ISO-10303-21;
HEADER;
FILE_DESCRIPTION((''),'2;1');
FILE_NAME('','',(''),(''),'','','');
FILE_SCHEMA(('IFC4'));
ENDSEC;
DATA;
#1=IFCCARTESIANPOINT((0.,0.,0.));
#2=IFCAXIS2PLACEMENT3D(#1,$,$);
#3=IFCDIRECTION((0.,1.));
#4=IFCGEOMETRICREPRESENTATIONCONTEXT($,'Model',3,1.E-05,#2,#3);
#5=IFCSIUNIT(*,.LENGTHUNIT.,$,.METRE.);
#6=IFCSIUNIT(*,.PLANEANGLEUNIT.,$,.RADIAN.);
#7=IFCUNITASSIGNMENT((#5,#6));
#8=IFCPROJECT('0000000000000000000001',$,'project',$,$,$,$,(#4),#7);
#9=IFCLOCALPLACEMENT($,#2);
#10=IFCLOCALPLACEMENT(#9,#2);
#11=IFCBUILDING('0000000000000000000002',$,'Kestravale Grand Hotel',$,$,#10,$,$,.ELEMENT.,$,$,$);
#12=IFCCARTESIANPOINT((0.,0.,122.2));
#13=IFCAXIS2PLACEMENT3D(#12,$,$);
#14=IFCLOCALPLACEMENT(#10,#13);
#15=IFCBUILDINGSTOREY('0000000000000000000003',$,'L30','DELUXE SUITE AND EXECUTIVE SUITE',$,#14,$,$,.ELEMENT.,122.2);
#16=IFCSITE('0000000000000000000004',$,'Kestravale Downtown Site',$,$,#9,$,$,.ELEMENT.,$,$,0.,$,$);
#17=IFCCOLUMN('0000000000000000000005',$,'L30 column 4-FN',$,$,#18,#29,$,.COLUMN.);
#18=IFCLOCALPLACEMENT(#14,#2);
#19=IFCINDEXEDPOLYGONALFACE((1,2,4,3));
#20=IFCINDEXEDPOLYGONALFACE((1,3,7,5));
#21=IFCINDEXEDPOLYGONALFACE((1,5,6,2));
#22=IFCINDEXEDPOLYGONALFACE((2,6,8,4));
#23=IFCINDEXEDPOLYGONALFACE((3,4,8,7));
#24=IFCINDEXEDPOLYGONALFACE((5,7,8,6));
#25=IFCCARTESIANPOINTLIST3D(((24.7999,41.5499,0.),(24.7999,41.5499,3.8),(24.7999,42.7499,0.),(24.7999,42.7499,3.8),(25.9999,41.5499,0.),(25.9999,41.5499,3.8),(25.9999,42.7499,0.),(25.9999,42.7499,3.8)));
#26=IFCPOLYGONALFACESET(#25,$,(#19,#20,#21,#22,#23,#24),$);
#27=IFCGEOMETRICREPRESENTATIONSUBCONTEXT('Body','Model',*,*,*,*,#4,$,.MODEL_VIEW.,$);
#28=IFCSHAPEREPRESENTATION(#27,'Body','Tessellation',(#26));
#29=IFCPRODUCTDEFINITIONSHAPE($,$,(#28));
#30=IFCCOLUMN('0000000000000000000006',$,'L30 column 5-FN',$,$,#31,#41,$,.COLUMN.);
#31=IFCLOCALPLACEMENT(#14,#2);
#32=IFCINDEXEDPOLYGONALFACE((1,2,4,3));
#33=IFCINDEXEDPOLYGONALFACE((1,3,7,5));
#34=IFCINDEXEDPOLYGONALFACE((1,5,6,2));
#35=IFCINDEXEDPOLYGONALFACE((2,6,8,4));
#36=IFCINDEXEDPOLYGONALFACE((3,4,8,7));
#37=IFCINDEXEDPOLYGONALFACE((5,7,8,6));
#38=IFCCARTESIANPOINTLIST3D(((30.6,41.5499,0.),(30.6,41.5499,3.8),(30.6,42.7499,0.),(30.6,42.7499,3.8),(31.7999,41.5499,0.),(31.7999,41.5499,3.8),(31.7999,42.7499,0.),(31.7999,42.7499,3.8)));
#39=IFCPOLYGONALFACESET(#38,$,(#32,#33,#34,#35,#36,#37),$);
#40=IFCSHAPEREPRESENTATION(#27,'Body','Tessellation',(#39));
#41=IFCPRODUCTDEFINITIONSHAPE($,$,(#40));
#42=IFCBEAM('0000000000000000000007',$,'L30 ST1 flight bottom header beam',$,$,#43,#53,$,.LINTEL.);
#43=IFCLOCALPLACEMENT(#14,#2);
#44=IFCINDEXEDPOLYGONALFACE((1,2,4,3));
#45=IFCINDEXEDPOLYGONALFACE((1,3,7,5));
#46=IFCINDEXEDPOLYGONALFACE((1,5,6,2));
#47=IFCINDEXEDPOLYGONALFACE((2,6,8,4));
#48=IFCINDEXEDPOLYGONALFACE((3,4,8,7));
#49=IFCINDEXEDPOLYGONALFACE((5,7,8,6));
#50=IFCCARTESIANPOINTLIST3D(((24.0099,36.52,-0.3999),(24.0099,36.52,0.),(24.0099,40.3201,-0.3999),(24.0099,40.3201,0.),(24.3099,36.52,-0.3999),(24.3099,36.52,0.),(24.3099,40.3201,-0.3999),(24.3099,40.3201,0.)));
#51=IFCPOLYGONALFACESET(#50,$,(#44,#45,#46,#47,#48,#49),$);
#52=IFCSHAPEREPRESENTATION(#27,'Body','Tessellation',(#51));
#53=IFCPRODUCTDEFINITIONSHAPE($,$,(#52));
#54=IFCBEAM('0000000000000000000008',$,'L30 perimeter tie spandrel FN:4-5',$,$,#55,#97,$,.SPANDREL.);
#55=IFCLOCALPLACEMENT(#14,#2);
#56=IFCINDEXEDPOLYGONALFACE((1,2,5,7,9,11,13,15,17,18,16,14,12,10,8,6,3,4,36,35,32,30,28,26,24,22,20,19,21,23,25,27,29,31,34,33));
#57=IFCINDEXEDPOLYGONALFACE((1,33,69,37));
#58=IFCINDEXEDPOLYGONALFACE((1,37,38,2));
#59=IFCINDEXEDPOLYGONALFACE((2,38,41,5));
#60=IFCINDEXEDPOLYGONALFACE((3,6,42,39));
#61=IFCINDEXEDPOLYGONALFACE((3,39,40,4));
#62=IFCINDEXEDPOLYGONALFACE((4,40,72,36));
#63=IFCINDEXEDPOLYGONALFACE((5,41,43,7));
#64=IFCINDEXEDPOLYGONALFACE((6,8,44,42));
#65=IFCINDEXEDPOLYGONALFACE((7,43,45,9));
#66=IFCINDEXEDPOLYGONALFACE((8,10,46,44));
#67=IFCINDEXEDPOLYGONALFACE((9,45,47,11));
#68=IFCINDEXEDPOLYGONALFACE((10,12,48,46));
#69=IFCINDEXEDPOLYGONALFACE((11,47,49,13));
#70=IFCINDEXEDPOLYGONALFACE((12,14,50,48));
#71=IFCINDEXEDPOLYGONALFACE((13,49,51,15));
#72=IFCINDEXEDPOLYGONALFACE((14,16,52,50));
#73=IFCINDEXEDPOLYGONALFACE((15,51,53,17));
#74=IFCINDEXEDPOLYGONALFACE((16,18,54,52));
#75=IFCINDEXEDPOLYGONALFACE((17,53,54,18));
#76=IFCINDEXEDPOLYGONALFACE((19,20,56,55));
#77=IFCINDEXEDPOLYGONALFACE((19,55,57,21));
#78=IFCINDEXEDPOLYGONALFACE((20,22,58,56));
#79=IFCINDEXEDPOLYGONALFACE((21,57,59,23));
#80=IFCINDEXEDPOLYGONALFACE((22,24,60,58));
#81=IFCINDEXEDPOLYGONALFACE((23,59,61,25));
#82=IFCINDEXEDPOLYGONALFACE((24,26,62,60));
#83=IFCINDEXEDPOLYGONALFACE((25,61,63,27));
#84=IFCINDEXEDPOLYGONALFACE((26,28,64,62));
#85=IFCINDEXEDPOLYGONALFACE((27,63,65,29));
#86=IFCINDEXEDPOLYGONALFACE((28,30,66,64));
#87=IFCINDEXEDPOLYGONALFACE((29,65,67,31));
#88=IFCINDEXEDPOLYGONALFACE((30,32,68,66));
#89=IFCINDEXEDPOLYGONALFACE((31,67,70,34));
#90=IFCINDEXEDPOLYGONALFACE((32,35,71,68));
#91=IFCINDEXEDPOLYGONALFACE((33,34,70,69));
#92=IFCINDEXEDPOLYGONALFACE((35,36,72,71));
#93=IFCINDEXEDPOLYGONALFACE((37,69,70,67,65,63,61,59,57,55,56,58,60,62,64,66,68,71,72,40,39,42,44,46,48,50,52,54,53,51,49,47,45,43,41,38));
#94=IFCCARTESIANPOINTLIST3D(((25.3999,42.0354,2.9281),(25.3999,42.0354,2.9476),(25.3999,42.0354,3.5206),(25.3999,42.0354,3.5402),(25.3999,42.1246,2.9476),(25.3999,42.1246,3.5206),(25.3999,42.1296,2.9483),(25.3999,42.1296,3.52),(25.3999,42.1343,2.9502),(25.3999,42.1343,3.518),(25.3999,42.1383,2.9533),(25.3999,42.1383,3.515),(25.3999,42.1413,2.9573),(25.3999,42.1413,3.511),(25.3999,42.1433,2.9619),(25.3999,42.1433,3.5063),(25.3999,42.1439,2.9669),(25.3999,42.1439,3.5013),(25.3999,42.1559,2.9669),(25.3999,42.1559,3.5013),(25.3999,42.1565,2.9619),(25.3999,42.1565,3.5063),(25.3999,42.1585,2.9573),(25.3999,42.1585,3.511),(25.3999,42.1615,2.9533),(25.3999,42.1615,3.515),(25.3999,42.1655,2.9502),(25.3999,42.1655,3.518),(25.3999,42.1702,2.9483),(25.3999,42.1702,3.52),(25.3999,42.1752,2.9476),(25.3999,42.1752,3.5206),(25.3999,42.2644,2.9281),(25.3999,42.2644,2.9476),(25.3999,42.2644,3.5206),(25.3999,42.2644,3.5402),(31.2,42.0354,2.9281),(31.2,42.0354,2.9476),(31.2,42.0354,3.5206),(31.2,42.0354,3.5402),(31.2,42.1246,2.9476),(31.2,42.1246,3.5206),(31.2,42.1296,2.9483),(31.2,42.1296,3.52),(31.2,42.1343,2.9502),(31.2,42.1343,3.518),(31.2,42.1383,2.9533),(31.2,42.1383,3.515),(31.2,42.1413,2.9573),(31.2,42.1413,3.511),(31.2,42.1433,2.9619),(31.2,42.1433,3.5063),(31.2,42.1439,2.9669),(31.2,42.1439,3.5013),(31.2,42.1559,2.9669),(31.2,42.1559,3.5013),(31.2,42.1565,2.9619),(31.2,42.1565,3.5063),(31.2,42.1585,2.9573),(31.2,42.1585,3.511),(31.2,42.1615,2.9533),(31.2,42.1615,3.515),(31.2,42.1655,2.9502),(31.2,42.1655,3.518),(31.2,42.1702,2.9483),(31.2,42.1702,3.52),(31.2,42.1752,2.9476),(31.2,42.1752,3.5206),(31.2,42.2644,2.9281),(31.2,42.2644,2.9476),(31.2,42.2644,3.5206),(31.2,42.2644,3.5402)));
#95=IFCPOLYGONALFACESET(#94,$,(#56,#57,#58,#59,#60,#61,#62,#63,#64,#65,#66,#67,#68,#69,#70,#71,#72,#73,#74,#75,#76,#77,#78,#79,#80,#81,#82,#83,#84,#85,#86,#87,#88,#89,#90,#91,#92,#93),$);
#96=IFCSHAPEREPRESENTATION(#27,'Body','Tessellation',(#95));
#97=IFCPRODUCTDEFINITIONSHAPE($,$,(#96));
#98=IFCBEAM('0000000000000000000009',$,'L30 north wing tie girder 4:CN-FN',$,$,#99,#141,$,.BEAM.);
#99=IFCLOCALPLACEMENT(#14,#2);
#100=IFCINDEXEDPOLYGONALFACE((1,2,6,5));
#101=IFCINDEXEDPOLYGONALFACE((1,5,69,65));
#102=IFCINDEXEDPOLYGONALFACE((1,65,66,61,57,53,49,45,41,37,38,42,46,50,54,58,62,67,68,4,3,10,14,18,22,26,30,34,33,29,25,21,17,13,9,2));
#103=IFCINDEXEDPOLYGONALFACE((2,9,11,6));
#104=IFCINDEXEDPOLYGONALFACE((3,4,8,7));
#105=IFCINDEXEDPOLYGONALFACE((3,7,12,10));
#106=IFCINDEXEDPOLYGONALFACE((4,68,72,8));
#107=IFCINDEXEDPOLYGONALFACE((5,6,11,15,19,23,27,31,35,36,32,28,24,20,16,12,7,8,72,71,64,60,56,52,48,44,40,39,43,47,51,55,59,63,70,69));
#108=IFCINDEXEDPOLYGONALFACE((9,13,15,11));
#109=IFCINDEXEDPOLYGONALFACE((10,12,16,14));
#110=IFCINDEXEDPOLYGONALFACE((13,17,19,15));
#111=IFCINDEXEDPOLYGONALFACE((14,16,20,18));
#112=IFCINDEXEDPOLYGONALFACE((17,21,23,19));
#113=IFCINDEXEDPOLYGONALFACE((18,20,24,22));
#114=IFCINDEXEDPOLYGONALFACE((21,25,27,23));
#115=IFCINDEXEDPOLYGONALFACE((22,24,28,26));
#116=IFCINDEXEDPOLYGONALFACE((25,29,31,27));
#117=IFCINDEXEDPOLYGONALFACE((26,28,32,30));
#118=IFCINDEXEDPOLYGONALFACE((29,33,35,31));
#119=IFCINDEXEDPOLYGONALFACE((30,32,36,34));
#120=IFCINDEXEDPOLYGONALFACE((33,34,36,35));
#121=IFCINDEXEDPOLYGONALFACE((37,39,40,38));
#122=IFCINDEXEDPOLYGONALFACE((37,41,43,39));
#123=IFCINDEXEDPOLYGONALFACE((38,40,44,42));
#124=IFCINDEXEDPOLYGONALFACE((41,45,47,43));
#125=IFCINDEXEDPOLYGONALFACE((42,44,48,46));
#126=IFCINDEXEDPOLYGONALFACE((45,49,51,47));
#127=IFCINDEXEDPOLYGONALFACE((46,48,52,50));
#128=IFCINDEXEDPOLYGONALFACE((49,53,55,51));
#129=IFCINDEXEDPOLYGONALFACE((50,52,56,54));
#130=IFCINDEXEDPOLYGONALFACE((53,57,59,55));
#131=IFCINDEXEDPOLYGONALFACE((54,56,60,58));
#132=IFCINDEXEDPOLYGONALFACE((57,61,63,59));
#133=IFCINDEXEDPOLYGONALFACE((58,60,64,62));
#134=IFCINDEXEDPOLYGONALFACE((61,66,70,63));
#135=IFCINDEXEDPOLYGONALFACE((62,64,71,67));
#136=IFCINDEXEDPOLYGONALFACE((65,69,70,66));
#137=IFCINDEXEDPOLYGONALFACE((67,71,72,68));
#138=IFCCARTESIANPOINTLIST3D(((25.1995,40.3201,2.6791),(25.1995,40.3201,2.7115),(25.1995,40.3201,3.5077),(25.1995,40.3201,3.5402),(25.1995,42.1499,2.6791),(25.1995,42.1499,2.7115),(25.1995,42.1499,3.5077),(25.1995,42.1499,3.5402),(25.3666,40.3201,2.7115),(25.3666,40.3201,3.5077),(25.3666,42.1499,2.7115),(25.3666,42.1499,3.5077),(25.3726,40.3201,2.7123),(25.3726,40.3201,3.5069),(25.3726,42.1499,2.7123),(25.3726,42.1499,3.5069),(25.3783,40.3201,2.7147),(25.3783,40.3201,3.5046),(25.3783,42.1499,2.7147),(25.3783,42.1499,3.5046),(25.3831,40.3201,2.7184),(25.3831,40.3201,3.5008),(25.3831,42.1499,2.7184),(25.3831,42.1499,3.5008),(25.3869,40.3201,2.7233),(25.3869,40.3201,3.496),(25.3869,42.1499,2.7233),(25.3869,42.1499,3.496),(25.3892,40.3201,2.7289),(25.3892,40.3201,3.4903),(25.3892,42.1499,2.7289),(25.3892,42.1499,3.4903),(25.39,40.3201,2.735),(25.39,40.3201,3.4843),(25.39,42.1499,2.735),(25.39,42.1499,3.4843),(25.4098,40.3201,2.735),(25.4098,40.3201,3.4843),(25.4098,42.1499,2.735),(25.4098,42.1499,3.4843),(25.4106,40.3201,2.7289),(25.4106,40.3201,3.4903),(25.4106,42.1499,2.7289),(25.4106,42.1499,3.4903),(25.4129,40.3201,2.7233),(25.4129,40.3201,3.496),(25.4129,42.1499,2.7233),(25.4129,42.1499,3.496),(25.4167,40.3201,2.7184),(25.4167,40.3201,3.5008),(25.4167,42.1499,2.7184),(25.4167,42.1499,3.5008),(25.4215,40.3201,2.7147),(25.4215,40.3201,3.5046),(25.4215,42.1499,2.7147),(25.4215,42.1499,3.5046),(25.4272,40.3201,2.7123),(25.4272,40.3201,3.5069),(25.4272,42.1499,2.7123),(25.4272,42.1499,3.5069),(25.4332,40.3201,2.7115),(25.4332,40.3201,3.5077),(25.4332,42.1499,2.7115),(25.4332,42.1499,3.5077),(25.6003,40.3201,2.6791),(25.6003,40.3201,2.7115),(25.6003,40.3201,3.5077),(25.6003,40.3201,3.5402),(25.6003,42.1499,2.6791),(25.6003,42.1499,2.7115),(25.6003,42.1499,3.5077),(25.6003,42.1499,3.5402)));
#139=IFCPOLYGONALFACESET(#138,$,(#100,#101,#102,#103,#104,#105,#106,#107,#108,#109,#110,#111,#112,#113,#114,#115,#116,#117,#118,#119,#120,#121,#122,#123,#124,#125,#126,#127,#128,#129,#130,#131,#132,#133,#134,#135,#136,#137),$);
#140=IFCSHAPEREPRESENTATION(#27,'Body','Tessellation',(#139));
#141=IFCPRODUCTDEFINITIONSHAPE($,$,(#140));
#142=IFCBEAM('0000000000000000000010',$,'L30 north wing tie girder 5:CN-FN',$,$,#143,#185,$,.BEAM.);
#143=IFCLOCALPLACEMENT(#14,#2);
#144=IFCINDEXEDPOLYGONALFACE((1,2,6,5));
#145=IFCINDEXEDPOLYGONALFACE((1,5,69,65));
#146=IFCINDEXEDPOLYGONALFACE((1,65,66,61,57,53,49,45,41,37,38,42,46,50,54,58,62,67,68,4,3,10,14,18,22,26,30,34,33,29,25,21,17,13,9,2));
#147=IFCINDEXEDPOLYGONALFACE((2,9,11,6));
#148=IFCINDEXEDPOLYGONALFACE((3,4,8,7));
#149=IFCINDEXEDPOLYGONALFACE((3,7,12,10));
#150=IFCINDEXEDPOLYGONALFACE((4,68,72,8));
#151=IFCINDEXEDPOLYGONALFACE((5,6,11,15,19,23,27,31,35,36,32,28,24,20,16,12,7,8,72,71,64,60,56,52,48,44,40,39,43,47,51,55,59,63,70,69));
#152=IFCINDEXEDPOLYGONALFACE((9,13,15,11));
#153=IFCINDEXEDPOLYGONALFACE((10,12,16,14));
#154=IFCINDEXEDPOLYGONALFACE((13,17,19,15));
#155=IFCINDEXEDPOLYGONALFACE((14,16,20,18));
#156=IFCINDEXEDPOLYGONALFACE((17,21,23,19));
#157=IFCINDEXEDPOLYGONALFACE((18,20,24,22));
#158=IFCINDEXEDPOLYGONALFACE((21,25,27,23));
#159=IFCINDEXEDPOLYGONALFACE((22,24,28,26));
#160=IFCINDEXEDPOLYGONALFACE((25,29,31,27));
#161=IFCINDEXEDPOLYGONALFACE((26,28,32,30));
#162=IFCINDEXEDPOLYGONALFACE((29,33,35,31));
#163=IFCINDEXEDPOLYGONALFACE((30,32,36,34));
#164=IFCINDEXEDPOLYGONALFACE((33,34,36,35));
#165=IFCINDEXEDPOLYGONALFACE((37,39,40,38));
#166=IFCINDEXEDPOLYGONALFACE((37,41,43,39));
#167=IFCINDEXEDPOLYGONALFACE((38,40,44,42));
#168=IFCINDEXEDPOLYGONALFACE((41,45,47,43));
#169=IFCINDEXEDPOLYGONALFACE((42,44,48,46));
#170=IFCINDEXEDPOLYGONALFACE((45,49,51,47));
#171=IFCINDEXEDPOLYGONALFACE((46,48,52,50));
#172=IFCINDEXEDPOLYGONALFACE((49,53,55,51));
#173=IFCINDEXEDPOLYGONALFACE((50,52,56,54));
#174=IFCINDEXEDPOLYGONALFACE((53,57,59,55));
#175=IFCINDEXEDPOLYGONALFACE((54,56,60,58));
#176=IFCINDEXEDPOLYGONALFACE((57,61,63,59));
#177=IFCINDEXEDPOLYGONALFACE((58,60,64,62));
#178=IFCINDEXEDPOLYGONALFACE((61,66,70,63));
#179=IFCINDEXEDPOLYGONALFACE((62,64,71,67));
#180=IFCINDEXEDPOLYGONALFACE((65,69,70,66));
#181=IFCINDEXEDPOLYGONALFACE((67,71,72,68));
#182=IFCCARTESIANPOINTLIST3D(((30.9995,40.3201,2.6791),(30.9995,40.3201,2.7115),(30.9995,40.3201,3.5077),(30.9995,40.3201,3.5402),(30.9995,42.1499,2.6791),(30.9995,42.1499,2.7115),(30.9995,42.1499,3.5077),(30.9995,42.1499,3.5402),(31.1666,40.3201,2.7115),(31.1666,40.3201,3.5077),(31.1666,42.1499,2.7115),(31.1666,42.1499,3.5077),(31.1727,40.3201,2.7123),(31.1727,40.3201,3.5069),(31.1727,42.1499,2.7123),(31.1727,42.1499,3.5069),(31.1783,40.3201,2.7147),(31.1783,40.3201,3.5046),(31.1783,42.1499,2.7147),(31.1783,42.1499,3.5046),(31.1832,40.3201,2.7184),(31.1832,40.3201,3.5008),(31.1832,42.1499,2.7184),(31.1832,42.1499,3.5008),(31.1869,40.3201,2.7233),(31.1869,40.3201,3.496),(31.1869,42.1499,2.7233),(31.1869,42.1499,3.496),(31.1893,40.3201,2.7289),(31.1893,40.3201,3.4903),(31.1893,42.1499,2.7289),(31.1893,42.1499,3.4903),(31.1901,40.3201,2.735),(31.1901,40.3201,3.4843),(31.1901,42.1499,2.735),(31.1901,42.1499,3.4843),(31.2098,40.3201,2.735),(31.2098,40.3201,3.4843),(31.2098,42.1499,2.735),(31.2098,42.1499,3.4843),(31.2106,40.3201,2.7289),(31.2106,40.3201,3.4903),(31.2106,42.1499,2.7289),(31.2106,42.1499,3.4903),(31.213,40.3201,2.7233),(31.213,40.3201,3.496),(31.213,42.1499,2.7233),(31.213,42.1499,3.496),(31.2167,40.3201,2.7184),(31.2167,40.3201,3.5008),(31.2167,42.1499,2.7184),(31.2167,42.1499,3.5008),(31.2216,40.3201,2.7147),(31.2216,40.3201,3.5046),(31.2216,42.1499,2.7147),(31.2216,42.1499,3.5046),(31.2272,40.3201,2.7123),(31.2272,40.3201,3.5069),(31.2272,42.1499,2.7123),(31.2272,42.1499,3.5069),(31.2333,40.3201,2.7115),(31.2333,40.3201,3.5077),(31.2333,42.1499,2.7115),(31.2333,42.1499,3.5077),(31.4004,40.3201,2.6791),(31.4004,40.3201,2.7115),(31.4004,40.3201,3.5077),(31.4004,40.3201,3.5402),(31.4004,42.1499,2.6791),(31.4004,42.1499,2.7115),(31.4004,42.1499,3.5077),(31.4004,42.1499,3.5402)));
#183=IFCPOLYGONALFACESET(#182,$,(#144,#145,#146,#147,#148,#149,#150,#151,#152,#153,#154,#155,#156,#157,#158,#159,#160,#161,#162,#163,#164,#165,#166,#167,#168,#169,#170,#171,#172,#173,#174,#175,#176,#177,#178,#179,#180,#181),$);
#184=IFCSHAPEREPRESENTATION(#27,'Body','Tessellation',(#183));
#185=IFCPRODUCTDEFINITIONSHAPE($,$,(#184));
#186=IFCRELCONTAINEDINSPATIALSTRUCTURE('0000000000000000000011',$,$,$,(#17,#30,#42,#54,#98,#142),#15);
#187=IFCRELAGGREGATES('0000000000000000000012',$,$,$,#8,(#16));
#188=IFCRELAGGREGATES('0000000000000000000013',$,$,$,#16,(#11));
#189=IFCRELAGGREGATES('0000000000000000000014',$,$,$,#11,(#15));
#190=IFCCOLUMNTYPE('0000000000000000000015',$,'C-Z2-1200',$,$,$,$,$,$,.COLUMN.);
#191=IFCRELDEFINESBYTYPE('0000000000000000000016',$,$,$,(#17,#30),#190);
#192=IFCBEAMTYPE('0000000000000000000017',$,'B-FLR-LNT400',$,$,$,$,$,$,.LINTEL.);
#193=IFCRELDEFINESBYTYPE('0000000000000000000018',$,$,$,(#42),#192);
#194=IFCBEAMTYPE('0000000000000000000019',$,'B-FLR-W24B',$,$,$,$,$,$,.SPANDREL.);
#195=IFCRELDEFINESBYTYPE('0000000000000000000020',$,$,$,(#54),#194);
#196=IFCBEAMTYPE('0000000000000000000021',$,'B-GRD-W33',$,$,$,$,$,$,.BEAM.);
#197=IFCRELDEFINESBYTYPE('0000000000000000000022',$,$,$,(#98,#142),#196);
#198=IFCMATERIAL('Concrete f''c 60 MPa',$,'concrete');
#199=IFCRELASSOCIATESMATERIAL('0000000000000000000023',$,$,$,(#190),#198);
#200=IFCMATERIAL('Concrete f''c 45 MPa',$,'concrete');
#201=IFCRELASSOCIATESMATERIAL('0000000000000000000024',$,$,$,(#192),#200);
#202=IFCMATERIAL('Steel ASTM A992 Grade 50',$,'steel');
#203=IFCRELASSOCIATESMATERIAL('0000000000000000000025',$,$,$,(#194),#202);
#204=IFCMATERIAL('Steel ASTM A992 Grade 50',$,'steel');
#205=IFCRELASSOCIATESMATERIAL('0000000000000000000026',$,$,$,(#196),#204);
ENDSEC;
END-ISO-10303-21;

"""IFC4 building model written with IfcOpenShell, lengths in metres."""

from ifc_helpers import new_model, si_unit, direction, frame, origin, origin_2d, place, context, subcontext, project, spatial, rectangle, i_section, extrude, material, material_profile, profile_set, type_object, element, save


model = new_model("IFC4")

# Units and contexts
model_context = context("Model", 3, precision=1e-05, world=origin(), true_north=direction((0.0, 1.0)))
body_context = subcontext(model_context, "Body", "Model", "MODEL_VIEW")
ifc_project = project(units=[si_unit("LENGTHUNIT", "METRE"), si_unit("PLANEANGLEUNIT", "RADIAN")], contexts=[model_context])

# Site, building, storey
site_placement = place(None, origin())
site = spatial("IfcSite", under=ifc_project, at=site_placement, Name="Kestravale Downtown Site", CompositionType="ELEMENT", RefElevation=0.0)
building_placement = place(site_placement, origin())
building = spatial("IfcBuilding", under=site, at=building_placement, Name="Kestravale Grand Hotel", CompositionType="ELEMENT")
storey_placement = place(building_placement, frame((0.0, 0.0, 122.2)))
storey = spatial("IfcBuildingStorey", under=building, at=storey_placement, Name="L30", Description="DELUXE SUITE AND EXECUTIVE SUITE", CompositionType="ELEMENT", Elevation=122.2)

# Columns
ifc_material_1 = material(Name="Concrete f'c 60 MPa", Category="concrete")
ifc_material_profile_1 = material_profile(ifc_material_1, rectangle(XDim=1.2, YDim=1.2, at=origin_2d()))
ifc_profile_set_1 = profile_set([ifc_material_profile_1], Name="Concrete f'c 60 MPa")
column_type = type_object("IfcColumnType", Name="C-Z2-1200", PredefinedType="COLUMN", material=ifc_profile_set_1)
for number, where, z_axis, x_axis, name in (
    (1, (25.3999, 42.1499, 0.0), (0.0, 0.0, 1.0), (1.0, 0.0, 0.0), "L30 column 4-FN"),
    (2, (31.2, 42.1499, 0.0), (0.0, 0.0, 1.0), (1.0, 0.0, 0.0), "L30 column 5-FN"),
):
    element("IfcColumn", number, at=place(storey_placement, frame(where, z_axis=z_axis, x_axis=x_axis)), inside=storey, type_object=column_type, Name=name, PredefinedType="COLUMN", context=body_context, shape_type="SweptSolid", body=[
        extrude(rectangle(XDim=1.2, YDim=1.2, at=origin_2d()), origin(), (0.0, 0.0, 1.0), 3.8),
    ])

# Beams
ifc_material_2 = material(Name="Concrete f'c 45 MPa", Category="concrete")
ifc_material_profile_2 = material_profile(ifc_material_2, rectangle(XDim=0.3, YDim=0.3999, at=origin_2d()))
ifc_profile_set_2 = profile_set([ifc_material_profile_2], Name="Concrete f'c 45 MPa")
beam_type_1 = type_object("IfcBeamType", Name="B-FLR-LNT400", PredefinedType="LINTEL", material=ifc_profile_set_2)
beam_1_placement = place(storey_placement, frame((24.1599, 36.52, -0.2), z_axis=(0.0, 1.0, 0.0), x_axis=(-1.0, 0.0, 0.0)))
element("IfcBeam", 3, at=beam_1_placement, inside=storey, type_object=beam_type_1, Name="L30 ST1 flight bottom header beam", PredefinedType="LINTEL", context=body_context, shape_type="SweptSolid", body=[
    extrude(rectangle(XDim=0.3, YDim=0.3999, at=origin_2d()), origin(), (0.0, 0.0, 1.0), 3.8),
])
ifc_material_3 = material(Name="Steel ASTM A992 Grade 50", Category="steel")
ifc_material_profile_3 = material_profile(ifc_material_3, i_section(OverallWidth=0.229, OverallDepth=0.6121, WebThickness=0.012, FlangeThickness=0.0195, FilletRadius=0.0193, at=origin_2d()))
ifc_profile_set_3 = profile_set([ifc_material_profile_3], Name="Steel ASTM A992 Grade 50")
beam_type_2 = type_object("IfcBeamType", Name="B-FLR-W24B", PredefinedType="SPANDREL", material=ifc_profile_set_3)
beam_2_placement = place(storey_placement, frame((25.3999, 42.1499, 3.2341), z_axis=(1.0, 0.0, 0.0), x_axis=(0.0, 1.0, 0.0)))
element("IfcBeam", 4, at=beam_2_placement, inside=storey, type_object=beam_type_2, Name="L30 perimeter tie spandrel FN:4-5", PredefinedType="SPANDREL", context=body_context, shape_type="SweptSolid", body=[
    extrude(i_section(OverallWidth=0.229, OverallDepth=0.6121, WebThickness=0.012, FlangeThickness=0.0195, FilletRadius=0.0193, at=origin_2d()), origin(), (0.0, 0.0, 1.0), 5.8),
])
ifc_material_4 = material(Name="Steel ASTM A992 Grade 50", Category="steel")
ifc_material_profile_4 = material_profile(ifc_material_4, i_section(OverallWidth=0.4009, OverallDepth=0.8611, WebThickness=0.0198, FlangeThickness=0.0325, FilletRadius=0.0234, at=origin_2d()))
ifc_profile_set_4 = profile_set([ifc_material_profile_4], Name="Steel ASTM A992 Grade 50")
beam_type_3 = type_object("IfcBeamType", Name="B-GRD-W33", PredefinedType="BEAM", material=ifc_profile_set_4)
for number, where, z_axis, x_axis, name in (
    (5, (25.3999, 40.3201, 3.1096), (0.0, 1.0, 0.0), (-1.0, 0.0, 0.0), "L30 north wing tie girder 4:CN-FN"),
    (6, (31.2, 40.3201, 3.1096), (0.0, 1.0, 0.0), (-1.0, 0.0, 0.0), "L30 north wing tie girder 5:CN-FN"),
):
    element("IfcBeam", number, at=place(storey_placement, frame(where, z_axis=z_axis, x_axis=x_axis)), inside=storey, type_object=beam_type_3, Name=name, PredefinedType="BEAM", context=body_context, shape_type="SweptSolid", body=[
        extrude(i_section(OverallWidth=0.4009, OverallDepth=0.8611, WebThickness=0.0198, FlangeThickness=0.0325, FilletRadius=0.0234, at=origin_2d()), origin(), (0.0, 0.0, 1.0), 1.8298),
    ])

save(model, "model.ifc")
